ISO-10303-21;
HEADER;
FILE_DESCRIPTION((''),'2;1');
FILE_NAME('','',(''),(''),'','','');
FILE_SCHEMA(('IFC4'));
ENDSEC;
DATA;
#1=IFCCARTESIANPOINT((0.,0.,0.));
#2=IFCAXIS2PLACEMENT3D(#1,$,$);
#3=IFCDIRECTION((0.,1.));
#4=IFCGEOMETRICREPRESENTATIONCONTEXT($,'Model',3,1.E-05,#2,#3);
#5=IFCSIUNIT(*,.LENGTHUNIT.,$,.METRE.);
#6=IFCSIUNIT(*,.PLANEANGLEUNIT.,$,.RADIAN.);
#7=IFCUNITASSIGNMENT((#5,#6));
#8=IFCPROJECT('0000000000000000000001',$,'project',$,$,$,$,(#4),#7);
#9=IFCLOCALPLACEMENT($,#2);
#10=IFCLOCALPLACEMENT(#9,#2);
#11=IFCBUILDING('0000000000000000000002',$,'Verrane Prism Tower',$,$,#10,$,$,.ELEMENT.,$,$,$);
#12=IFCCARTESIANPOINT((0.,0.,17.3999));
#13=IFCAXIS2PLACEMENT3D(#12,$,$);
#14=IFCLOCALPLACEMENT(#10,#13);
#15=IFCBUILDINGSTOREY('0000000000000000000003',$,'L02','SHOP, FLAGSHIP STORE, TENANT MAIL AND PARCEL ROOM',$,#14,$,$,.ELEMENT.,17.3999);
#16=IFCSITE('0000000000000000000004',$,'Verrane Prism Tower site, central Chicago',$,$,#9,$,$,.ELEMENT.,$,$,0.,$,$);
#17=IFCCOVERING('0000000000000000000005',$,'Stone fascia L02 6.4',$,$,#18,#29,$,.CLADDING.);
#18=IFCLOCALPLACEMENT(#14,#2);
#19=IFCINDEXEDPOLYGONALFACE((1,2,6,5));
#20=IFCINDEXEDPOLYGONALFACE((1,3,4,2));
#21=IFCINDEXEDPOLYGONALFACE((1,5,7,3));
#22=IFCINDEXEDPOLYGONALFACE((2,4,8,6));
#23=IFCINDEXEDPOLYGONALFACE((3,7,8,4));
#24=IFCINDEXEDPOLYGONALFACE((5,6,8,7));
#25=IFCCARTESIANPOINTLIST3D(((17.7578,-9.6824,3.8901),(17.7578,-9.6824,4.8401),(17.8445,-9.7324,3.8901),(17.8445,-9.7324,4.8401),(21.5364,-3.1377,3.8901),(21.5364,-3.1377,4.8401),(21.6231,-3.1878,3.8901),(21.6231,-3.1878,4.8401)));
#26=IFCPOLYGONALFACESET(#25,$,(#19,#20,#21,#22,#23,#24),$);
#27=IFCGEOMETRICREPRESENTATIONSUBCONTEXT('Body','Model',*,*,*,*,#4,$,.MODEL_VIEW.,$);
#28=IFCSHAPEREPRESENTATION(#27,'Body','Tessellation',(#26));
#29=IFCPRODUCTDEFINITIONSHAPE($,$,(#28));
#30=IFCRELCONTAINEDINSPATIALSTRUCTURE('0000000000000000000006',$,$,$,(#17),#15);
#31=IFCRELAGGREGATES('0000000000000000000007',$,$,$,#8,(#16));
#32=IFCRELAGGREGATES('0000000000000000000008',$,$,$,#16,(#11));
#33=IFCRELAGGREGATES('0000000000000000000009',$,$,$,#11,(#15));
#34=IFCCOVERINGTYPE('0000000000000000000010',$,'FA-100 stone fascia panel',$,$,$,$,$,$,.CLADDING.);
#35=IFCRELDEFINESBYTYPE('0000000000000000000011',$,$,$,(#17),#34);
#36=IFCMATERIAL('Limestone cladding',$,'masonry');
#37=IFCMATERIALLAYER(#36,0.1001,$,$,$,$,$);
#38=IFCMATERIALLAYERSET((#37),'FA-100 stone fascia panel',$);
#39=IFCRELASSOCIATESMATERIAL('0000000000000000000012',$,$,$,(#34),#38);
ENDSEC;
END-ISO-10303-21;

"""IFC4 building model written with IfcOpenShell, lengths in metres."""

from ifc_helpers import new_model, si_unit, direction, frame, origin, origin_2d, place, context, subcontext, project, spatial, rectangle, extrude, material, layer, layer_set, type_object, element, save


model = new_model("IFC4")

# Units and contexts
model_context = context("Model", 3, precision=1e-05, world=origin(), true_north=direction((0.0, 1.0)))
body_context = subcontext(model_context, "Body", "Model", "MODEL_VIEW")
ifc_project = project(units=[si_unit("LENGTHUNIT", "METRE"), si_unit("PLANEANGLEUNIT", "RADIAN")], contexts=[model_context])

# Site, building, storey
site_placement = place(None, origin())
site = spatial("IfcSite", under=ifc_project, at=site_placement, Name="Verrane Prism Tower site, central Chicago", CompositionType="ELEMENT", RefElevation=0.0)
building_placement = place(site_placement, origin())
building = spatial("IfcBuilding", under=site, at=building_placement, Name="Verrane Prism Tower", CompositionType="ELEMENT")
storey_placement = place(building_placement, frame((0.0, 0.0, 17.3999)))
storey = spatial("IfcBuildingStorey", under=building, at=storey_placement, Name="L02", Description="SHOP, FLAGSHIP STORE, TENANT MAIL AND PARCEL ROOM", CompositionType="ELEMENT", Elevation=17.3999)

# Covering
ifc_material_1 = material(Name="Limestone cladding", Category="masonry")
ifc_layer_1 = layer(ifc_material_1, 0.1001)
ifc_layer_set_1 = layer_set([ifc_layer_1], Name="FA-100 stone fascia panel")
covering_type = type_object("IfcCoveringType", Name="FA-100 stone fascia panel", PredefinedType="CLADDING", material=ifc_layer_set_1)
covering_placement = place(storey_placement, frame((19.6904, -6.4351, 3.8901), z_axis=(0.0, 0.0, 1.0), x_axis=(0.5, 0.866025, 0.0)))
element("IfcCovering", 1, at=covering_placement, inside=storey, type_object=covering_type, Name="Stone fascia L02 6.4", PredefinedType="CLADDING", context=body_context, shape_type="SweptSolid", body=[
    extrude(rectangle(XDim=7.5571, YDim=0.1001, at=origin_2d()), origin(), (0.0, 0.0, 1.0), 0.95),
])

save(model, "model.ifc")
